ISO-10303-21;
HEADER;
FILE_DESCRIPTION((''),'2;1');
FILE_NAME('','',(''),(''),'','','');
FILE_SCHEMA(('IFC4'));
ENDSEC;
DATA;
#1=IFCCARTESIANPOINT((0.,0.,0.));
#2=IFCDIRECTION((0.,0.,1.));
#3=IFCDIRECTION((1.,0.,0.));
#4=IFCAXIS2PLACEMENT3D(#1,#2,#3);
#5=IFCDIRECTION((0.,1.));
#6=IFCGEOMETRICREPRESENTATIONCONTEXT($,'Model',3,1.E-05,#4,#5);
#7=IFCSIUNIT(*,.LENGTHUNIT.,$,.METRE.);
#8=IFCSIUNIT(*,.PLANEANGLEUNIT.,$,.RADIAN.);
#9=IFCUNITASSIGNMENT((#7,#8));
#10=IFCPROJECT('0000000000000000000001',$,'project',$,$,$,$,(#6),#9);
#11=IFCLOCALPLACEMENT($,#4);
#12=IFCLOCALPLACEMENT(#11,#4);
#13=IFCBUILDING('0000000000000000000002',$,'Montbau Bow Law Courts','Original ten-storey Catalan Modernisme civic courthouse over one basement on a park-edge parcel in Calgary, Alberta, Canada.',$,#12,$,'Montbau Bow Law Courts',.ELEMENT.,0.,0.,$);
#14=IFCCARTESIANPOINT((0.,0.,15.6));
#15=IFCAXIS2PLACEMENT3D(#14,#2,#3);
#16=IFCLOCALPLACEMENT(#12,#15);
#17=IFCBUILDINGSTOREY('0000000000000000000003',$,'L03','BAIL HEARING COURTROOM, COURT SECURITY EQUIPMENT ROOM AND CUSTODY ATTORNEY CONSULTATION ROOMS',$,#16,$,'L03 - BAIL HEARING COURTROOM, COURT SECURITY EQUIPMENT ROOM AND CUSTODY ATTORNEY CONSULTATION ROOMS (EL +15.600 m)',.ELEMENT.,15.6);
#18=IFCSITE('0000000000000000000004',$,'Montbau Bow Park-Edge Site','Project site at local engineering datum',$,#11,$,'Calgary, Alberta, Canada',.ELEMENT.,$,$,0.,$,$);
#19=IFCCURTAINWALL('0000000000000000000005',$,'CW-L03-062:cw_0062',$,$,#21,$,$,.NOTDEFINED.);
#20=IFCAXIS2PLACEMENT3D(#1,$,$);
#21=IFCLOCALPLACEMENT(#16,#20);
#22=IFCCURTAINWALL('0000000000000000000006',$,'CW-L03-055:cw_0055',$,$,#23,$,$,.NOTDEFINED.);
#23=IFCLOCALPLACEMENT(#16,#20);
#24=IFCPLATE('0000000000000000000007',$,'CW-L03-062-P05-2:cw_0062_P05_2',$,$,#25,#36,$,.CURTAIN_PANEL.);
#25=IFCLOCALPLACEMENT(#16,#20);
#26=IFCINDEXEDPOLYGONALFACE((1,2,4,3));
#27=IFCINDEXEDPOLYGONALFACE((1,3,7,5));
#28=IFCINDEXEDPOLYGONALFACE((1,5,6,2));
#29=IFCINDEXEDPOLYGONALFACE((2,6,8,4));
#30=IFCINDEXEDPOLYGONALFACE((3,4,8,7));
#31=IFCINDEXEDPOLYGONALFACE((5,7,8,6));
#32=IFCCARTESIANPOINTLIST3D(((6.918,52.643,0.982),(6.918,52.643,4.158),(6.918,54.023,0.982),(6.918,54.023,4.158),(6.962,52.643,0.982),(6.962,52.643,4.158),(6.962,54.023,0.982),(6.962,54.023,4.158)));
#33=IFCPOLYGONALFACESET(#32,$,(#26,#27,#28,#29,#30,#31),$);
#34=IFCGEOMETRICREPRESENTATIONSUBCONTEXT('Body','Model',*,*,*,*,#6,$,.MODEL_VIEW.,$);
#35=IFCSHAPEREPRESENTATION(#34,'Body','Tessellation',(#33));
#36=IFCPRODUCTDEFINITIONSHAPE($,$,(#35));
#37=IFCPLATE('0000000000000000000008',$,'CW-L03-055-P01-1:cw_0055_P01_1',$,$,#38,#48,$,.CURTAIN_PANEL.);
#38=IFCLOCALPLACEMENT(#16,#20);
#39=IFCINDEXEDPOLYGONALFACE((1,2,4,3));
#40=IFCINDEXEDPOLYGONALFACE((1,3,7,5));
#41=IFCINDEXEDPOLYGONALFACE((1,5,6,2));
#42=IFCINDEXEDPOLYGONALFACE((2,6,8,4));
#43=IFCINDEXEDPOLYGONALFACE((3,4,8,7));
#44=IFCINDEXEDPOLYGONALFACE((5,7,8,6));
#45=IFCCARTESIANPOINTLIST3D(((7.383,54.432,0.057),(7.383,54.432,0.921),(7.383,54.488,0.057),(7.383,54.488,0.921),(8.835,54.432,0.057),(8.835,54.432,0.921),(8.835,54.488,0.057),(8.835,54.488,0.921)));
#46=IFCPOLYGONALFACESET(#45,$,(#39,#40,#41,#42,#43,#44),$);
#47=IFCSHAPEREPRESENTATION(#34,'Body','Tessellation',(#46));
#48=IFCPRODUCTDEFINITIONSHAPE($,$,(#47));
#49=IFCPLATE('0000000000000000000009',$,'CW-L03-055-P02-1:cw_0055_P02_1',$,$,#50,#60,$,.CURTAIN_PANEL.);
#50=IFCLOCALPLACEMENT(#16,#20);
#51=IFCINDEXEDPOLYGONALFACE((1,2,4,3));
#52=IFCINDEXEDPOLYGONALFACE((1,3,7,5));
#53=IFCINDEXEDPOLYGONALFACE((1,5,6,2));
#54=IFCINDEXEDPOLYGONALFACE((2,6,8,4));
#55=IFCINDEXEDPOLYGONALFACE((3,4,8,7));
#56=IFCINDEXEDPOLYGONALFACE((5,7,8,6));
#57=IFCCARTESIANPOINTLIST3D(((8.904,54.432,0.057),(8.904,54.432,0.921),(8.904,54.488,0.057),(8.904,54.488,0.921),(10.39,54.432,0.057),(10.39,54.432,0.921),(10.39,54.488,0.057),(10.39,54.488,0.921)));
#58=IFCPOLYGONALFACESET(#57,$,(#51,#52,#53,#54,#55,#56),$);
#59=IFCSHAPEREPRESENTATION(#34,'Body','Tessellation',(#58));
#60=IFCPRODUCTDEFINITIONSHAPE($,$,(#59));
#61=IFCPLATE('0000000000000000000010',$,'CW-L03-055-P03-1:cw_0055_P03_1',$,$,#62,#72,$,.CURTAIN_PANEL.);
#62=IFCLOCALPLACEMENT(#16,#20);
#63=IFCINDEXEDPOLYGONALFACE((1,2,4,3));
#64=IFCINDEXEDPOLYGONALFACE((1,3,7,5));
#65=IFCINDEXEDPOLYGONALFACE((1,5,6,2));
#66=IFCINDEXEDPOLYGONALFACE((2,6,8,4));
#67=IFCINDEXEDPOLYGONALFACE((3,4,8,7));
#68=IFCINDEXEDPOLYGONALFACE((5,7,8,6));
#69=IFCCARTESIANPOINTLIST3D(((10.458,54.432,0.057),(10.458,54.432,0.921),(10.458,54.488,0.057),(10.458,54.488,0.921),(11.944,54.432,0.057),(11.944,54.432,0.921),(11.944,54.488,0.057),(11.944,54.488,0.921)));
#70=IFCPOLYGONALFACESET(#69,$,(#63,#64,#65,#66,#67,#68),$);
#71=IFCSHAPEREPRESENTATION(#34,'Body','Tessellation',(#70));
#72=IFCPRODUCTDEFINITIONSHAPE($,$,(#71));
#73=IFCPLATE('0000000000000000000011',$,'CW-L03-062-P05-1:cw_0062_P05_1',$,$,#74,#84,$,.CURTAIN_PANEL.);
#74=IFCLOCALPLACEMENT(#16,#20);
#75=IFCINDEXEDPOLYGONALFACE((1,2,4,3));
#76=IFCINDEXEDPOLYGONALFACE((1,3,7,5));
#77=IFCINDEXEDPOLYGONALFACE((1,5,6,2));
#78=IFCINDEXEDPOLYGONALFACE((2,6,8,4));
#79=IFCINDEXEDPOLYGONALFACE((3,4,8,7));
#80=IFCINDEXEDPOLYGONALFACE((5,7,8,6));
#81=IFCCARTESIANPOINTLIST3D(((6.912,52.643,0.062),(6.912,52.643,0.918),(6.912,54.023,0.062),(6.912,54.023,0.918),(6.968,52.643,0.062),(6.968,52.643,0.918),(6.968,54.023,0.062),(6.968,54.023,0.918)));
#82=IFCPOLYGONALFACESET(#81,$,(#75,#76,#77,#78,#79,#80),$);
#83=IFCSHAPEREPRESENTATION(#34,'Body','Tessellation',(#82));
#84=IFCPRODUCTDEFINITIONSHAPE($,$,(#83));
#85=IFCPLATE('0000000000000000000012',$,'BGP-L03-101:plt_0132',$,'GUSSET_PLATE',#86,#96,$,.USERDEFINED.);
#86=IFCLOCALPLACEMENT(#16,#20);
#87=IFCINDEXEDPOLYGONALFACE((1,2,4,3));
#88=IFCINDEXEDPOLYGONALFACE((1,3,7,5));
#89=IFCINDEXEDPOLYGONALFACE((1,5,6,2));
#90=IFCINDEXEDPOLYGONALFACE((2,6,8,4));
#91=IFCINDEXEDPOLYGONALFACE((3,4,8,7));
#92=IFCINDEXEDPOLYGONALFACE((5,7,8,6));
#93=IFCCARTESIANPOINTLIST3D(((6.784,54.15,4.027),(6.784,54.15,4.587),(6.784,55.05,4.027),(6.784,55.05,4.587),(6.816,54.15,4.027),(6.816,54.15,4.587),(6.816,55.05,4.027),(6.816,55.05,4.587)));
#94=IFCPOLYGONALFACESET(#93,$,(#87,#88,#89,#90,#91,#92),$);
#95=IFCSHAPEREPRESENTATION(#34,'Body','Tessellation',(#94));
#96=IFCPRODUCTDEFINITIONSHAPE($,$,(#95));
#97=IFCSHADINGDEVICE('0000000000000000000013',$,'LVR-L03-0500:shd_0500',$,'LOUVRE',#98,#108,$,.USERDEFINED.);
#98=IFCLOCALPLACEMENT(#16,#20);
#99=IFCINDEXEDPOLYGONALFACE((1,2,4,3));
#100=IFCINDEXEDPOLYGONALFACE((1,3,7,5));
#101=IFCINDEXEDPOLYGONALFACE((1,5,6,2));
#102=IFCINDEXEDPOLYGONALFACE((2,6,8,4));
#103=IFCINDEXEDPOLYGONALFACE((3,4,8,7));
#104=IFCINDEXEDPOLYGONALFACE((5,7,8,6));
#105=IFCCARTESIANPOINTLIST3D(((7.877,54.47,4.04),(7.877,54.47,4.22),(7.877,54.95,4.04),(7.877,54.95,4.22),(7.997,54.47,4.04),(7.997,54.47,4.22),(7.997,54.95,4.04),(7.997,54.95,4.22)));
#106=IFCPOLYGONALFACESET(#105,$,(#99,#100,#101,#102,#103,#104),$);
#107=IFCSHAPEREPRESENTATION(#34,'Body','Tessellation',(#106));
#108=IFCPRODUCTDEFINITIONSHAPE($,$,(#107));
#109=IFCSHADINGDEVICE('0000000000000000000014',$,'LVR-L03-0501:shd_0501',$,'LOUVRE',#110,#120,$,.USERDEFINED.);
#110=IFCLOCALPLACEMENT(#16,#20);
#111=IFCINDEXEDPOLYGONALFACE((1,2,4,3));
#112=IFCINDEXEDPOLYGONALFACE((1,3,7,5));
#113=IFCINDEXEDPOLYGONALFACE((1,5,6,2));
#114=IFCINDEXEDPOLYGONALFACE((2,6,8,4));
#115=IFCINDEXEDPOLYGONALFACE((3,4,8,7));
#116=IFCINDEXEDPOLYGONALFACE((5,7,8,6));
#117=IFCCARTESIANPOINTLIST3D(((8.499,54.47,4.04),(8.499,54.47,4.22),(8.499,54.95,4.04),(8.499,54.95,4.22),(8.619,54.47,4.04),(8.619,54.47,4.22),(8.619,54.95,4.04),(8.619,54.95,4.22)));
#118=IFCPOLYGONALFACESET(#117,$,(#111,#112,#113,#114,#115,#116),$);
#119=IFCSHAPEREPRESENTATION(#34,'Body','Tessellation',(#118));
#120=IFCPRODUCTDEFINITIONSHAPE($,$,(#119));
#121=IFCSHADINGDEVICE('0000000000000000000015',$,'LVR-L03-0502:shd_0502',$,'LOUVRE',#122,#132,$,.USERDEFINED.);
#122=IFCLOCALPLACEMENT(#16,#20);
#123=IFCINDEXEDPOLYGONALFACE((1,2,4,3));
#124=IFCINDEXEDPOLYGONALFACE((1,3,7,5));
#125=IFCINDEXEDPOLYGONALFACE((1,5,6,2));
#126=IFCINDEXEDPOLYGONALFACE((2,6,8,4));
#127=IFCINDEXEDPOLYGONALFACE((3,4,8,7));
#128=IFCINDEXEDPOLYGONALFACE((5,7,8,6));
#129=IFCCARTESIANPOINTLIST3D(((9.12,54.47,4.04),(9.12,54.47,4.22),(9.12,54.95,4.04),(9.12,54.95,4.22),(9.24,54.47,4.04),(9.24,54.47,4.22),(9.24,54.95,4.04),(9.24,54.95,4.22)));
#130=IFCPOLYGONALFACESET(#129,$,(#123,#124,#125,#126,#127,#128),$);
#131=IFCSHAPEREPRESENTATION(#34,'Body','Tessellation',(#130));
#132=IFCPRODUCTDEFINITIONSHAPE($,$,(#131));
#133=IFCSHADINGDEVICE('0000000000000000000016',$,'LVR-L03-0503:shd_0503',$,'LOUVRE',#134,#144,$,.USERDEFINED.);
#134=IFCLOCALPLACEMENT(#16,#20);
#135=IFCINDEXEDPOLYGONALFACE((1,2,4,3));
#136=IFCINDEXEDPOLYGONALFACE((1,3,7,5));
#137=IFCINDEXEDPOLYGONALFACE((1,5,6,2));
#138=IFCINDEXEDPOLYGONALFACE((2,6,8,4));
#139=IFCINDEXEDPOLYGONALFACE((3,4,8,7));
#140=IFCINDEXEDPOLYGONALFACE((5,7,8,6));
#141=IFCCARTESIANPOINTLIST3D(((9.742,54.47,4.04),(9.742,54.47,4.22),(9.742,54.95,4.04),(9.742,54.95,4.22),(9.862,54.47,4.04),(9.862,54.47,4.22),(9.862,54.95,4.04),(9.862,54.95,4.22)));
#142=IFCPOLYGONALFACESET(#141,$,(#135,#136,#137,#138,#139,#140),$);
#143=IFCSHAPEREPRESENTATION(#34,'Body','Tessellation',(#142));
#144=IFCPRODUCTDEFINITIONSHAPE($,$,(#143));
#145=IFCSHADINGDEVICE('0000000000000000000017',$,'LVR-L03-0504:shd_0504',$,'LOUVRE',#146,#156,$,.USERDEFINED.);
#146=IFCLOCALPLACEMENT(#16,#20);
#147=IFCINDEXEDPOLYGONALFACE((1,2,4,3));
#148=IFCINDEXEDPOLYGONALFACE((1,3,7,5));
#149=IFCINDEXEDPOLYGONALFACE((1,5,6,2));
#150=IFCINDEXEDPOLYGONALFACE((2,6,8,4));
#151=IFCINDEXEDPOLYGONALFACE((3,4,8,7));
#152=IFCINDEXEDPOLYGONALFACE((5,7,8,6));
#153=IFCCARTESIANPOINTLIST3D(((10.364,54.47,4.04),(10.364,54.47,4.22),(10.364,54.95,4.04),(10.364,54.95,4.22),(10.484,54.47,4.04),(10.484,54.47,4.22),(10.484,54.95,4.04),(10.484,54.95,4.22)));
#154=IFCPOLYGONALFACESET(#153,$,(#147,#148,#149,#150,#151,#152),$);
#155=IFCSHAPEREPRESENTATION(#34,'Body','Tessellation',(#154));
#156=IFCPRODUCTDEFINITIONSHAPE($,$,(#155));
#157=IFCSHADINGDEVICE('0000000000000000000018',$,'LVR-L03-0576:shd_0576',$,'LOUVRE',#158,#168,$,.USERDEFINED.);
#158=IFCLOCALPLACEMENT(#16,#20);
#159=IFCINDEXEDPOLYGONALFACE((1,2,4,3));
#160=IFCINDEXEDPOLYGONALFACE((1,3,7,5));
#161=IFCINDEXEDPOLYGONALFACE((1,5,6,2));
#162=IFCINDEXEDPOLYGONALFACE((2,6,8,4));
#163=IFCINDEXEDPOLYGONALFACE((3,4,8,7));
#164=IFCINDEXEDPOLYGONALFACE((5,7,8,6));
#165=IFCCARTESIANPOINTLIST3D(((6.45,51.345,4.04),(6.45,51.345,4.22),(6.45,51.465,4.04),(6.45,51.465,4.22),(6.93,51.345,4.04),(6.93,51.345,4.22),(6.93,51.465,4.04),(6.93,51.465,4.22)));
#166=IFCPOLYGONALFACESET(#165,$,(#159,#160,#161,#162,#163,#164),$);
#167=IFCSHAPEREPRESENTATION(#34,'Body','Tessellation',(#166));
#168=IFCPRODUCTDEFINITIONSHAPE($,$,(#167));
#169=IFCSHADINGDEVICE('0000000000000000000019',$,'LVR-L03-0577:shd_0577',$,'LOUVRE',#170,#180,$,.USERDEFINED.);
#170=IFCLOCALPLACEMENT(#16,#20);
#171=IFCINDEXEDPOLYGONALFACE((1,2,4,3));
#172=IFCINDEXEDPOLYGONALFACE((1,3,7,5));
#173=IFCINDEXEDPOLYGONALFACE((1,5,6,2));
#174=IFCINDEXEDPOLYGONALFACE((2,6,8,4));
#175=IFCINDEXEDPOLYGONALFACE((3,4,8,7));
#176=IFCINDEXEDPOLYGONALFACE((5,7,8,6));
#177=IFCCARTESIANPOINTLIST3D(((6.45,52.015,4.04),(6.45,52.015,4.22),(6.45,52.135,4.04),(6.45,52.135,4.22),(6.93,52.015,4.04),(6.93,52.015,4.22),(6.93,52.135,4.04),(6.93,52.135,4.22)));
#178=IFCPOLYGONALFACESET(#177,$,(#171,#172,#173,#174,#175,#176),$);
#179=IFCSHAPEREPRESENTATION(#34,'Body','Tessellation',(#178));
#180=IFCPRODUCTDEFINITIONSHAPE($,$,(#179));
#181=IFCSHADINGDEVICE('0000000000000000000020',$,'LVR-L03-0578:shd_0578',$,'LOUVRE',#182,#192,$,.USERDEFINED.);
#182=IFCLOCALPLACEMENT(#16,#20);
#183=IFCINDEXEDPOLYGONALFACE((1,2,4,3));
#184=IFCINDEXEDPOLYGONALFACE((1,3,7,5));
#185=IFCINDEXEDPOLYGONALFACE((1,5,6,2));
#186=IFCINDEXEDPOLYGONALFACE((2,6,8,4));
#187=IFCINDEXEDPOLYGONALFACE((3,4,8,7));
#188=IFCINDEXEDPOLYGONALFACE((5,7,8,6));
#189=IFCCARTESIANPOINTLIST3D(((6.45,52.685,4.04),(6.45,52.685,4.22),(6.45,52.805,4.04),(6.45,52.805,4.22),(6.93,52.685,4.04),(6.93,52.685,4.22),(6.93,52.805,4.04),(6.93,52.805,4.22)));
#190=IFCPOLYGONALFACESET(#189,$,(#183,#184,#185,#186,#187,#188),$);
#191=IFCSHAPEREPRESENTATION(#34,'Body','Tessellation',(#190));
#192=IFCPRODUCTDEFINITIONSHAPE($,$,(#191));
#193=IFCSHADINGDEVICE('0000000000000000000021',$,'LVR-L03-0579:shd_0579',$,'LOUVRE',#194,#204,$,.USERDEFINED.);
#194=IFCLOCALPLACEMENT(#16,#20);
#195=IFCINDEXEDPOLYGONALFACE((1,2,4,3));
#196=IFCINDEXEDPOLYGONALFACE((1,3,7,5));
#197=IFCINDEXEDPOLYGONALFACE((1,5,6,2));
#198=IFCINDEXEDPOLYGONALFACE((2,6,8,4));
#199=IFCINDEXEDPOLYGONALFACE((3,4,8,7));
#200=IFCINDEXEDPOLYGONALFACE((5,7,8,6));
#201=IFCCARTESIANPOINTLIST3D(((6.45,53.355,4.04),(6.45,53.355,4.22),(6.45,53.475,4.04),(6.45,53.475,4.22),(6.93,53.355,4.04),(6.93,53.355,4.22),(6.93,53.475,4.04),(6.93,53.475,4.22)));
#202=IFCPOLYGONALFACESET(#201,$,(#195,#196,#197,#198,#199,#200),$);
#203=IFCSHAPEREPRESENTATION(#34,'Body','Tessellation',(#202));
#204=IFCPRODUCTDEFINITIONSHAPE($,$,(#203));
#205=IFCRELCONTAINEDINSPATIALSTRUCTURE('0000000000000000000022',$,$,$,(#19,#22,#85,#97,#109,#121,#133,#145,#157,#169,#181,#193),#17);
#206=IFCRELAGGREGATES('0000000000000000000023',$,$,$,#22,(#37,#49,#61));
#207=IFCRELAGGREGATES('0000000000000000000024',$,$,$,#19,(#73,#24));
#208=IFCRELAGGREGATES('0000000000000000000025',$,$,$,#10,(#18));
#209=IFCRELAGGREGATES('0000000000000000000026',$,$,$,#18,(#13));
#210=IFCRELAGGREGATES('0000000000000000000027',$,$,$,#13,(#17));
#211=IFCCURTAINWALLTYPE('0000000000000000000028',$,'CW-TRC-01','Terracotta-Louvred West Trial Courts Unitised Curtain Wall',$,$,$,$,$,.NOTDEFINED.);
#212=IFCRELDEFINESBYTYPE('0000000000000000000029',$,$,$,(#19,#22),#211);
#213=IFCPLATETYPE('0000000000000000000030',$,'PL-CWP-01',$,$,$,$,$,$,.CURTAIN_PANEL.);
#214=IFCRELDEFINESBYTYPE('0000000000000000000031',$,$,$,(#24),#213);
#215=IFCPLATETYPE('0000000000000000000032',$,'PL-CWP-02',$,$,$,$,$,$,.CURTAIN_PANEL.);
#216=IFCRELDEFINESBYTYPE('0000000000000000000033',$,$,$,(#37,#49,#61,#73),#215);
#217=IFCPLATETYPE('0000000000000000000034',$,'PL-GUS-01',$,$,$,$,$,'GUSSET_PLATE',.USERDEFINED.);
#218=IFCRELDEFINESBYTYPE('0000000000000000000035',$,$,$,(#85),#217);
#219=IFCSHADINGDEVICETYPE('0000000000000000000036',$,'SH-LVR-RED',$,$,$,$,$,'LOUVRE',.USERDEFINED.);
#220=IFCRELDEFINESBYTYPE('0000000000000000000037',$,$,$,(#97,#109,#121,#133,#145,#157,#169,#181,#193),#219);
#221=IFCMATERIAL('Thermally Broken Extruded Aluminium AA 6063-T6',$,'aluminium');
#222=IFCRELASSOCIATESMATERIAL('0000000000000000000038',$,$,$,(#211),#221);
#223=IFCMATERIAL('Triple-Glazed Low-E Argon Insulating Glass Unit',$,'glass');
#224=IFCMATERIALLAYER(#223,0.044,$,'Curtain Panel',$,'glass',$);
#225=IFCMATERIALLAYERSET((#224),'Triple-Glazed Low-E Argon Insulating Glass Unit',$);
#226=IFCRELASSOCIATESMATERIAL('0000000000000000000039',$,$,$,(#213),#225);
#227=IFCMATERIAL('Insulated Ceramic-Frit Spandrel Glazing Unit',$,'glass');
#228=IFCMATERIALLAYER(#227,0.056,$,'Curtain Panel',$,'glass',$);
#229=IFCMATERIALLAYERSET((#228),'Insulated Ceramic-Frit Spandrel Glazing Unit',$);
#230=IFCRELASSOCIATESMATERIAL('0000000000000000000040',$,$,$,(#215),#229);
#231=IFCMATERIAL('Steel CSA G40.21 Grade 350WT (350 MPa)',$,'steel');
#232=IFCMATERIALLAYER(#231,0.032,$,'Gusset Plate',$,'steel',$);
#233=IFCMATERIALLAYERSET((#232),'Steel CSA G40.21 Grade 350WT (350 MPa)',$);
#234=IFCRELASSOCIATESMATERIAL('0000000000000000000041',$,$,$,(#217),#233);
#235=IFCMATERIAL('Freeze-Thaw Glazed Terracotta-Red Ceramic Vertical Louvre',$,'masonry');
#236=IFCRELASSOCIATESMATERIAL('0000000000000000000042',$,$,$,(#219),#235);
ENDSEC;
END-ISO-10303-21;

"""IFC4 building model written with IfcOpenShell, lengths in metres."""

from ifc_helpers import new_model, si_unit, direction, frame, frame_2d, origin_with_axes, origin_2d_with_axis, place, context, subcontext, project, spatial, rectangle, extrude, material, layer, layer_set, type_object, element, aggregate, save


model = new_model("IFC4")

# Units and contexts
model_context = context("Model", 3, precision=1e-05, world=origin_with_axes(), true_north=direction((0.0, 1.0)))
body_context = subcontext(model_context, "Body", "Model", "MODEL_VIEW")
ifc_project = project(units=[si_unit("LENGTHUNIT", "METRE"), si_unit("PLANEANGLEUNIT", "RADIAN")], contexts=[model_context])

# Site, building, storey
site_placement = place(None, origin_with_axes())
site = spatial("IfcSite", under=ifc_project, at=site_placement, Name="Montbau Bow Park-Edge Site", Description="Project site at local engineering datum", LongName="Calgary, Alberta, Canada", CompositionType="ELEMENT", RefElevation=0.0)
building_placement = place(site_placement, origin_with_axes())
building = spatial("IfcBuilding", under=site, at=building_placement, Name="Montbau Bow Law Courts", Description="Original ten-storey Catalan Modernisme civic courthouse over one basement on a park-edge parcel in Calgary, Alberta, Canada.", LongName="Montbau Bow Law Courts", CompositionType="ELEMENT", ElevationOfRefHeight=0.0, ElevationOfTerrain=0.0)
storey_placement = place(building_placement, frame((0.0, 0.0, 15.6), z_axis=(0.0, 0.0, 1.0), x_axis=(1.0, 0.0, 0.0)))
storey = spatial("IfcBuildingStorey", under=building, at=storey_placement, Name="L03", Description="BAIL HEARING COURTROOM, COURT SECURITY EQUIPMENT ROOM AND CUSTODY ATTORNEY CONSULTATION ROOMS", LongName="L03 - BAIL HEARING COURTROOM, COURT SECURITY EQUIPMENT ROOM AND CUSTODY ATTORNEY CONSULTATION ROOMS (EL +15.600 m)", CompositionType="ELEMENT", Elevation=15.6)

# Curtain wall
ifc_material_1 = material(Name="Thermally Broken Extruded Aluminium AA 6063-T6", Category="aluminium")
curtain_wall_type = type_object("IfcCurtainWallType", Name="CW-TRC-01", Description="Terracotta-Louvred West Trial Courts Unitised Curtain Wall", PredefinedType="NOTDEFINED", material=ifc_material_1)
curtain_wall_1_placement = place(None, frame((6.94, 46.715, 15.6), z_axis=(0.0, 0.0, 1.0), x_axis=(1.0, 0.0, 0.0)))
curtain_wall_1 = element("IfcCurtainWall", 1, at=curtain_wall_1_placement, inside=storey, type_object=curtain_wall_type, Name="CW-L03-062:cw_0062", PredefinedType="NOTDEFINED")

# Curtain wall
curtain_wall_2_placement = place(None, frame((7.315, 54.46, 15.6), z_axis=(0.0, 0.0, 1.0), x_axis=(1.0, 0.0, 0.0)))
curtain_wall_2 = element("IfcCurtainWall", 2, at=curtain_wall_2_placement, inside=storey, type_object=curtain_wall_type, Name="CW-L03-055:cw_0055", PredefinedType="NOTDEFINED")
ifc_material_2 = material(Name="Triple-Glazed Low-E Argon Insulating Glass Unit", Category="glass")
ifc_layer_1 = layer(ifc_material_2, 0.044, Name="Curtain Panel", Category="glass")
ifc_layer_set_1 = layer_set([ifc_layer_1], Name="Triple-Glazed Low-E Argon Insulating Glass Unit")
plate_type_1 = type_object("IfcPlateType", Name="PL-CWP-01", PredefinedType="CURTAIN_PANEL", material=ifc_layer_set_1)

# Plates
plate_1_placement = place(None, frame((6.94, 52.643, 16.582), z_axis=(1.0, 0.0, 0.0), x_axis=(0.0, 1.0, 0.0)))
plate_1 = element("IfcPlate", 3, at=plate_1_placement, type_object=plate_type_1, Name="CW-L03-062-P05-2:cw_0062_P05_2", PredefinedType="CURTAIN_PANEL", context=body_context, shape_type="SweptSolid", body=[
    extrude(rectangle(XDim=1.38, YDim=3.176, at=frame_2d((0.69, 1.588), x_axis=(1.0, 0.0))), frame((0.0, 0.0, -0.022), z_axis=(0.0, 0.0, 1.0), x_axis=(1.0, 0.0, 0.0)), (0.0, 0.0, 1.0), 0.044),
])
ifc_material_3 = material(Name="Insulated Ceramic-Frit Spandrel Glazing Unit", Category="glass")
ifc_layer_2 = layer(ifc_material_3, 0.056, Name="Curtain Panel", Category="glass")
ifc_layer_set_2 = layer_set([ifc_layer_2], Name="Insulated Ceramic-Frit Spandrel Glazing Unit")
plate_type_2 = type_object("IfcPlateType", Name="PL-CWP-02", PredefinedType="CURTAIN_PANEL", material=ifc_layer_set_2)
plate_2_placement = place(None, frame((7.383, 54.46, 15.657), z_axis=(0.0, -1.0, 0.0), x_axis=(1.0, 0.0, 0.0)))
plate_2 = element("IfcPlate", 4, at=plate_2_placement, type_object=plate_type_2, Name="CW-L03-055-P01-1:cw_0055_P01_1", PredefinedType="CURTAIN_PANEL", context=body_context, shape_type="SweptSolid", body=[
    extrude(rectangle(XDim=1.452, YDim=0.864, at=frame_2d((0.726, 0.432), x_axis=(1.0, 0.0))), frame((0.0, 0.0, -0.028), z_axis=(0.0, 0.0, 1.0), x_axis=(1.0, 0.0, 0.0)), (0.0, 0.0, 1.0), 0.056),
])
plate_3_placement = place(None, frame((8.904, 54.46, 15.657), z_axis=(0.0, -1.0, 0.0), x_axis=(1.0, 0.0, 0.0)))
plate_3 = element("IfcPlate", 5, at=plate_3_placement, type_object=plate_type_2, Name="CW-L03-055-P02-1:cw_0055_P02_1", PredefinedType="CURTAIN_PANEL", context=body_context, shape_type="SweptSolid", body=[
    extrude(rectangle(XDim=1.486, YDim=0.864, at=frame_2d((0.743, 0.432), x_axis=(1.0, 0.0))), frame((0.0, 0.0, -0.028), z_axis=(0.0, 0.0, 1.0), x_axis=(1.0, 0.0, 0.0)), (0.0, 0.0, 1.0), 0.056),
])
plate_4_placement = place(None, frame((10.458, 54.46, 15.657), z_axis=(0.0, -1.0, 0.0), x_axis=(1.0, 0.0, 0.0)))
plate_4 = element("IfcPlate", 6, at=plate_4_placement, type_object=plate_type_2, Name="CW-L03-055-P03-1:cw_0055_P03_1", PredefinedType="CURTAIN_PANEL", context=body_context, shape_type="SweptSolid", body=[
    extrude(rectangle(XDim=1.486, YDim=0.864, at=frame_2d((0.743, 0.432), x_axis=(1.0, 0.0))), frame((0.0, 0.0, -0.028), z_axis=(0.0, 0.0, 1.0), x_axis=(1.0, 0.0, 0.0)), (0.0, 0.0, 1.0), 0.056),
])
aggregate(curtain_wall_2, [plate_2, plate_3, plate_4])
plate_5_placement = place(None, frame((6.94, 52.643, 15.662), z_axis=(1.0, 0.0, 0.0), x_axis=(0.0, 1.0, 0.0)))
plate_5 = element("IfcPlate", 7, at=plate_5_placement, type_object=plate_type_2, Name="CW-L03-062-P05-1:cw_0062_P05_1", PredefinedType="CURTAIN_PANEL", context=body_context, shape_type="SweptSolid", body=[
    extrude(rectangle(XDim=1.38, YDim=0.856, at=frame_2d((0.69, 0.428), x_axis=(1.0, 0.0))), frame((0.0, 0.0, -0.028), z_axis=(0.0, 0.0, 1.0), x_axis=(1.0, 0.0, 0.0)), (0.0, 0.0, 1.0), 0.056),
])
aggregate(curtain_wall_1, [plate_5, plate_1])
ifc_material_4 = material(Name="Steel CSA G40.21 Grade 350WT (350 MPa)", Category="steel")
ifc_layer_3 = layer(ifc_material_4, 0.032, Name="Gusset Plate", Category="steel")
ifc_layer_set_3 = layer_set([ifc_layer_3], Name="Steel CSA G40.21 Grade 350WT (350 MPa)")
plate_type_3 = type_object("IfcPlateType", Name="PL-GUS-01", ElementType="GUSSET_PLATE", PredefinedType="USERDEFINED", material=ifc_layer_set_3)
plate_6_placement = place(None, frame((6.8, 54.6, 19.627), z_axis=(0.0, 0.0, 1.0), x_axis=(0.0, 1.0, 0.0)))
element("IfcPlate", 8, at=plate_6_placement, inside=storey, type_object=plate_type_3, Name="BGP-L03-101:plt_0132", ObjectType="GUSSET_PLATE", PredefinedType="USERDEFINED", context=body_context, shape_type="SweptSolid", body=[
    extrude(rectangle(XDim=0.9, YDim=0.032, at=origin_2d_with_axis()), origin_with_axes(), (0.0, 0.0, 1.0), 0.56),
])

# Shading devices
ifc_material_5 = material(Name="Freeze-Thaw Glazed Terracotta-Red Ceramic Vertical Louvre", Category="masonry")
shading_device_type = type_object("IfcShadingDeviceType", Name="SH-LVR-RED", ElementType="LOUVRE", PredefinedType="USERDEFINED", material=ifc_material_5)
for number, where, z_axis, x_axis, name in (
    (9, (7.937, 54.71, 19.64), (0.0, 0.0, 1.0), (0.0, 1.0, 0.0), "LVR-L03-0500:shd_0500"),
    (10, (8.559, 54.71, 19.64), (0.0, 0.0, 1.0), (0.0, 1.0, 0.0), "LVR-L03-0501:shd_0501"),
    (11, (9.18, 54.71, 19.64), (0.0, 0.0, 1.0), (0.0, 1.0, 0.0), "LVR-L03-0502:shd_0502"),
    (12, (9.802, 54.71, 19.64), (0.0, 0.0, 1.0), (0.0, 1.0, 0.0), "LVR-L03-0503:shd_0503"),
    (13, (10.424, 54.71, 19.64), (0.0, 0.0, 1.0), (0.0, 1.0, 0.0), "LVR-L03-0504:shd_0504"),
    (14, (6.69, 51.405, 19.64), (0.0, 0.0, 1.0), (-1.0, 0.0, 0.0), "LVR-L03-0576:shd_0576"),
    (15, (6.69, 52.075, 19.64), (0.0, 0.0, 1.0), (-1.0, 0.0, 0.0), "LVR-L03-0577:shd_0577"),
    (16, (6.69, 52.745, 19.64), (0.0, 0.0, 1.0), (-1.0, 0.0, 0.0), "LVR-L03-0578:shd_0578"),
    (17, (6.69, 53.415, 19.64), (0.0, 0.0, 1.0), (-1.0, 0.0, 0.0), "LVR-L03-0579:shd_0579"),
):
    element("IfcShadingDevice", number, at=place(None, frame(where, z_axis=z_axis, x_axis=x_axis)), inside=storey, type_object=shading_device_type, Name=name, ObjectType="LOUVRE", PredefinedType="USERDEFINED", context=body_context, shape_type="SweptSolid", body=[
        extrude(rectangle(XDim=0.48, YDim=0.12, at=origin_2d_with_axis()), origin_with_axes(), (0.0, 0.0, 1.0), 0.18),
    ])

save(model, "model.ifc")
